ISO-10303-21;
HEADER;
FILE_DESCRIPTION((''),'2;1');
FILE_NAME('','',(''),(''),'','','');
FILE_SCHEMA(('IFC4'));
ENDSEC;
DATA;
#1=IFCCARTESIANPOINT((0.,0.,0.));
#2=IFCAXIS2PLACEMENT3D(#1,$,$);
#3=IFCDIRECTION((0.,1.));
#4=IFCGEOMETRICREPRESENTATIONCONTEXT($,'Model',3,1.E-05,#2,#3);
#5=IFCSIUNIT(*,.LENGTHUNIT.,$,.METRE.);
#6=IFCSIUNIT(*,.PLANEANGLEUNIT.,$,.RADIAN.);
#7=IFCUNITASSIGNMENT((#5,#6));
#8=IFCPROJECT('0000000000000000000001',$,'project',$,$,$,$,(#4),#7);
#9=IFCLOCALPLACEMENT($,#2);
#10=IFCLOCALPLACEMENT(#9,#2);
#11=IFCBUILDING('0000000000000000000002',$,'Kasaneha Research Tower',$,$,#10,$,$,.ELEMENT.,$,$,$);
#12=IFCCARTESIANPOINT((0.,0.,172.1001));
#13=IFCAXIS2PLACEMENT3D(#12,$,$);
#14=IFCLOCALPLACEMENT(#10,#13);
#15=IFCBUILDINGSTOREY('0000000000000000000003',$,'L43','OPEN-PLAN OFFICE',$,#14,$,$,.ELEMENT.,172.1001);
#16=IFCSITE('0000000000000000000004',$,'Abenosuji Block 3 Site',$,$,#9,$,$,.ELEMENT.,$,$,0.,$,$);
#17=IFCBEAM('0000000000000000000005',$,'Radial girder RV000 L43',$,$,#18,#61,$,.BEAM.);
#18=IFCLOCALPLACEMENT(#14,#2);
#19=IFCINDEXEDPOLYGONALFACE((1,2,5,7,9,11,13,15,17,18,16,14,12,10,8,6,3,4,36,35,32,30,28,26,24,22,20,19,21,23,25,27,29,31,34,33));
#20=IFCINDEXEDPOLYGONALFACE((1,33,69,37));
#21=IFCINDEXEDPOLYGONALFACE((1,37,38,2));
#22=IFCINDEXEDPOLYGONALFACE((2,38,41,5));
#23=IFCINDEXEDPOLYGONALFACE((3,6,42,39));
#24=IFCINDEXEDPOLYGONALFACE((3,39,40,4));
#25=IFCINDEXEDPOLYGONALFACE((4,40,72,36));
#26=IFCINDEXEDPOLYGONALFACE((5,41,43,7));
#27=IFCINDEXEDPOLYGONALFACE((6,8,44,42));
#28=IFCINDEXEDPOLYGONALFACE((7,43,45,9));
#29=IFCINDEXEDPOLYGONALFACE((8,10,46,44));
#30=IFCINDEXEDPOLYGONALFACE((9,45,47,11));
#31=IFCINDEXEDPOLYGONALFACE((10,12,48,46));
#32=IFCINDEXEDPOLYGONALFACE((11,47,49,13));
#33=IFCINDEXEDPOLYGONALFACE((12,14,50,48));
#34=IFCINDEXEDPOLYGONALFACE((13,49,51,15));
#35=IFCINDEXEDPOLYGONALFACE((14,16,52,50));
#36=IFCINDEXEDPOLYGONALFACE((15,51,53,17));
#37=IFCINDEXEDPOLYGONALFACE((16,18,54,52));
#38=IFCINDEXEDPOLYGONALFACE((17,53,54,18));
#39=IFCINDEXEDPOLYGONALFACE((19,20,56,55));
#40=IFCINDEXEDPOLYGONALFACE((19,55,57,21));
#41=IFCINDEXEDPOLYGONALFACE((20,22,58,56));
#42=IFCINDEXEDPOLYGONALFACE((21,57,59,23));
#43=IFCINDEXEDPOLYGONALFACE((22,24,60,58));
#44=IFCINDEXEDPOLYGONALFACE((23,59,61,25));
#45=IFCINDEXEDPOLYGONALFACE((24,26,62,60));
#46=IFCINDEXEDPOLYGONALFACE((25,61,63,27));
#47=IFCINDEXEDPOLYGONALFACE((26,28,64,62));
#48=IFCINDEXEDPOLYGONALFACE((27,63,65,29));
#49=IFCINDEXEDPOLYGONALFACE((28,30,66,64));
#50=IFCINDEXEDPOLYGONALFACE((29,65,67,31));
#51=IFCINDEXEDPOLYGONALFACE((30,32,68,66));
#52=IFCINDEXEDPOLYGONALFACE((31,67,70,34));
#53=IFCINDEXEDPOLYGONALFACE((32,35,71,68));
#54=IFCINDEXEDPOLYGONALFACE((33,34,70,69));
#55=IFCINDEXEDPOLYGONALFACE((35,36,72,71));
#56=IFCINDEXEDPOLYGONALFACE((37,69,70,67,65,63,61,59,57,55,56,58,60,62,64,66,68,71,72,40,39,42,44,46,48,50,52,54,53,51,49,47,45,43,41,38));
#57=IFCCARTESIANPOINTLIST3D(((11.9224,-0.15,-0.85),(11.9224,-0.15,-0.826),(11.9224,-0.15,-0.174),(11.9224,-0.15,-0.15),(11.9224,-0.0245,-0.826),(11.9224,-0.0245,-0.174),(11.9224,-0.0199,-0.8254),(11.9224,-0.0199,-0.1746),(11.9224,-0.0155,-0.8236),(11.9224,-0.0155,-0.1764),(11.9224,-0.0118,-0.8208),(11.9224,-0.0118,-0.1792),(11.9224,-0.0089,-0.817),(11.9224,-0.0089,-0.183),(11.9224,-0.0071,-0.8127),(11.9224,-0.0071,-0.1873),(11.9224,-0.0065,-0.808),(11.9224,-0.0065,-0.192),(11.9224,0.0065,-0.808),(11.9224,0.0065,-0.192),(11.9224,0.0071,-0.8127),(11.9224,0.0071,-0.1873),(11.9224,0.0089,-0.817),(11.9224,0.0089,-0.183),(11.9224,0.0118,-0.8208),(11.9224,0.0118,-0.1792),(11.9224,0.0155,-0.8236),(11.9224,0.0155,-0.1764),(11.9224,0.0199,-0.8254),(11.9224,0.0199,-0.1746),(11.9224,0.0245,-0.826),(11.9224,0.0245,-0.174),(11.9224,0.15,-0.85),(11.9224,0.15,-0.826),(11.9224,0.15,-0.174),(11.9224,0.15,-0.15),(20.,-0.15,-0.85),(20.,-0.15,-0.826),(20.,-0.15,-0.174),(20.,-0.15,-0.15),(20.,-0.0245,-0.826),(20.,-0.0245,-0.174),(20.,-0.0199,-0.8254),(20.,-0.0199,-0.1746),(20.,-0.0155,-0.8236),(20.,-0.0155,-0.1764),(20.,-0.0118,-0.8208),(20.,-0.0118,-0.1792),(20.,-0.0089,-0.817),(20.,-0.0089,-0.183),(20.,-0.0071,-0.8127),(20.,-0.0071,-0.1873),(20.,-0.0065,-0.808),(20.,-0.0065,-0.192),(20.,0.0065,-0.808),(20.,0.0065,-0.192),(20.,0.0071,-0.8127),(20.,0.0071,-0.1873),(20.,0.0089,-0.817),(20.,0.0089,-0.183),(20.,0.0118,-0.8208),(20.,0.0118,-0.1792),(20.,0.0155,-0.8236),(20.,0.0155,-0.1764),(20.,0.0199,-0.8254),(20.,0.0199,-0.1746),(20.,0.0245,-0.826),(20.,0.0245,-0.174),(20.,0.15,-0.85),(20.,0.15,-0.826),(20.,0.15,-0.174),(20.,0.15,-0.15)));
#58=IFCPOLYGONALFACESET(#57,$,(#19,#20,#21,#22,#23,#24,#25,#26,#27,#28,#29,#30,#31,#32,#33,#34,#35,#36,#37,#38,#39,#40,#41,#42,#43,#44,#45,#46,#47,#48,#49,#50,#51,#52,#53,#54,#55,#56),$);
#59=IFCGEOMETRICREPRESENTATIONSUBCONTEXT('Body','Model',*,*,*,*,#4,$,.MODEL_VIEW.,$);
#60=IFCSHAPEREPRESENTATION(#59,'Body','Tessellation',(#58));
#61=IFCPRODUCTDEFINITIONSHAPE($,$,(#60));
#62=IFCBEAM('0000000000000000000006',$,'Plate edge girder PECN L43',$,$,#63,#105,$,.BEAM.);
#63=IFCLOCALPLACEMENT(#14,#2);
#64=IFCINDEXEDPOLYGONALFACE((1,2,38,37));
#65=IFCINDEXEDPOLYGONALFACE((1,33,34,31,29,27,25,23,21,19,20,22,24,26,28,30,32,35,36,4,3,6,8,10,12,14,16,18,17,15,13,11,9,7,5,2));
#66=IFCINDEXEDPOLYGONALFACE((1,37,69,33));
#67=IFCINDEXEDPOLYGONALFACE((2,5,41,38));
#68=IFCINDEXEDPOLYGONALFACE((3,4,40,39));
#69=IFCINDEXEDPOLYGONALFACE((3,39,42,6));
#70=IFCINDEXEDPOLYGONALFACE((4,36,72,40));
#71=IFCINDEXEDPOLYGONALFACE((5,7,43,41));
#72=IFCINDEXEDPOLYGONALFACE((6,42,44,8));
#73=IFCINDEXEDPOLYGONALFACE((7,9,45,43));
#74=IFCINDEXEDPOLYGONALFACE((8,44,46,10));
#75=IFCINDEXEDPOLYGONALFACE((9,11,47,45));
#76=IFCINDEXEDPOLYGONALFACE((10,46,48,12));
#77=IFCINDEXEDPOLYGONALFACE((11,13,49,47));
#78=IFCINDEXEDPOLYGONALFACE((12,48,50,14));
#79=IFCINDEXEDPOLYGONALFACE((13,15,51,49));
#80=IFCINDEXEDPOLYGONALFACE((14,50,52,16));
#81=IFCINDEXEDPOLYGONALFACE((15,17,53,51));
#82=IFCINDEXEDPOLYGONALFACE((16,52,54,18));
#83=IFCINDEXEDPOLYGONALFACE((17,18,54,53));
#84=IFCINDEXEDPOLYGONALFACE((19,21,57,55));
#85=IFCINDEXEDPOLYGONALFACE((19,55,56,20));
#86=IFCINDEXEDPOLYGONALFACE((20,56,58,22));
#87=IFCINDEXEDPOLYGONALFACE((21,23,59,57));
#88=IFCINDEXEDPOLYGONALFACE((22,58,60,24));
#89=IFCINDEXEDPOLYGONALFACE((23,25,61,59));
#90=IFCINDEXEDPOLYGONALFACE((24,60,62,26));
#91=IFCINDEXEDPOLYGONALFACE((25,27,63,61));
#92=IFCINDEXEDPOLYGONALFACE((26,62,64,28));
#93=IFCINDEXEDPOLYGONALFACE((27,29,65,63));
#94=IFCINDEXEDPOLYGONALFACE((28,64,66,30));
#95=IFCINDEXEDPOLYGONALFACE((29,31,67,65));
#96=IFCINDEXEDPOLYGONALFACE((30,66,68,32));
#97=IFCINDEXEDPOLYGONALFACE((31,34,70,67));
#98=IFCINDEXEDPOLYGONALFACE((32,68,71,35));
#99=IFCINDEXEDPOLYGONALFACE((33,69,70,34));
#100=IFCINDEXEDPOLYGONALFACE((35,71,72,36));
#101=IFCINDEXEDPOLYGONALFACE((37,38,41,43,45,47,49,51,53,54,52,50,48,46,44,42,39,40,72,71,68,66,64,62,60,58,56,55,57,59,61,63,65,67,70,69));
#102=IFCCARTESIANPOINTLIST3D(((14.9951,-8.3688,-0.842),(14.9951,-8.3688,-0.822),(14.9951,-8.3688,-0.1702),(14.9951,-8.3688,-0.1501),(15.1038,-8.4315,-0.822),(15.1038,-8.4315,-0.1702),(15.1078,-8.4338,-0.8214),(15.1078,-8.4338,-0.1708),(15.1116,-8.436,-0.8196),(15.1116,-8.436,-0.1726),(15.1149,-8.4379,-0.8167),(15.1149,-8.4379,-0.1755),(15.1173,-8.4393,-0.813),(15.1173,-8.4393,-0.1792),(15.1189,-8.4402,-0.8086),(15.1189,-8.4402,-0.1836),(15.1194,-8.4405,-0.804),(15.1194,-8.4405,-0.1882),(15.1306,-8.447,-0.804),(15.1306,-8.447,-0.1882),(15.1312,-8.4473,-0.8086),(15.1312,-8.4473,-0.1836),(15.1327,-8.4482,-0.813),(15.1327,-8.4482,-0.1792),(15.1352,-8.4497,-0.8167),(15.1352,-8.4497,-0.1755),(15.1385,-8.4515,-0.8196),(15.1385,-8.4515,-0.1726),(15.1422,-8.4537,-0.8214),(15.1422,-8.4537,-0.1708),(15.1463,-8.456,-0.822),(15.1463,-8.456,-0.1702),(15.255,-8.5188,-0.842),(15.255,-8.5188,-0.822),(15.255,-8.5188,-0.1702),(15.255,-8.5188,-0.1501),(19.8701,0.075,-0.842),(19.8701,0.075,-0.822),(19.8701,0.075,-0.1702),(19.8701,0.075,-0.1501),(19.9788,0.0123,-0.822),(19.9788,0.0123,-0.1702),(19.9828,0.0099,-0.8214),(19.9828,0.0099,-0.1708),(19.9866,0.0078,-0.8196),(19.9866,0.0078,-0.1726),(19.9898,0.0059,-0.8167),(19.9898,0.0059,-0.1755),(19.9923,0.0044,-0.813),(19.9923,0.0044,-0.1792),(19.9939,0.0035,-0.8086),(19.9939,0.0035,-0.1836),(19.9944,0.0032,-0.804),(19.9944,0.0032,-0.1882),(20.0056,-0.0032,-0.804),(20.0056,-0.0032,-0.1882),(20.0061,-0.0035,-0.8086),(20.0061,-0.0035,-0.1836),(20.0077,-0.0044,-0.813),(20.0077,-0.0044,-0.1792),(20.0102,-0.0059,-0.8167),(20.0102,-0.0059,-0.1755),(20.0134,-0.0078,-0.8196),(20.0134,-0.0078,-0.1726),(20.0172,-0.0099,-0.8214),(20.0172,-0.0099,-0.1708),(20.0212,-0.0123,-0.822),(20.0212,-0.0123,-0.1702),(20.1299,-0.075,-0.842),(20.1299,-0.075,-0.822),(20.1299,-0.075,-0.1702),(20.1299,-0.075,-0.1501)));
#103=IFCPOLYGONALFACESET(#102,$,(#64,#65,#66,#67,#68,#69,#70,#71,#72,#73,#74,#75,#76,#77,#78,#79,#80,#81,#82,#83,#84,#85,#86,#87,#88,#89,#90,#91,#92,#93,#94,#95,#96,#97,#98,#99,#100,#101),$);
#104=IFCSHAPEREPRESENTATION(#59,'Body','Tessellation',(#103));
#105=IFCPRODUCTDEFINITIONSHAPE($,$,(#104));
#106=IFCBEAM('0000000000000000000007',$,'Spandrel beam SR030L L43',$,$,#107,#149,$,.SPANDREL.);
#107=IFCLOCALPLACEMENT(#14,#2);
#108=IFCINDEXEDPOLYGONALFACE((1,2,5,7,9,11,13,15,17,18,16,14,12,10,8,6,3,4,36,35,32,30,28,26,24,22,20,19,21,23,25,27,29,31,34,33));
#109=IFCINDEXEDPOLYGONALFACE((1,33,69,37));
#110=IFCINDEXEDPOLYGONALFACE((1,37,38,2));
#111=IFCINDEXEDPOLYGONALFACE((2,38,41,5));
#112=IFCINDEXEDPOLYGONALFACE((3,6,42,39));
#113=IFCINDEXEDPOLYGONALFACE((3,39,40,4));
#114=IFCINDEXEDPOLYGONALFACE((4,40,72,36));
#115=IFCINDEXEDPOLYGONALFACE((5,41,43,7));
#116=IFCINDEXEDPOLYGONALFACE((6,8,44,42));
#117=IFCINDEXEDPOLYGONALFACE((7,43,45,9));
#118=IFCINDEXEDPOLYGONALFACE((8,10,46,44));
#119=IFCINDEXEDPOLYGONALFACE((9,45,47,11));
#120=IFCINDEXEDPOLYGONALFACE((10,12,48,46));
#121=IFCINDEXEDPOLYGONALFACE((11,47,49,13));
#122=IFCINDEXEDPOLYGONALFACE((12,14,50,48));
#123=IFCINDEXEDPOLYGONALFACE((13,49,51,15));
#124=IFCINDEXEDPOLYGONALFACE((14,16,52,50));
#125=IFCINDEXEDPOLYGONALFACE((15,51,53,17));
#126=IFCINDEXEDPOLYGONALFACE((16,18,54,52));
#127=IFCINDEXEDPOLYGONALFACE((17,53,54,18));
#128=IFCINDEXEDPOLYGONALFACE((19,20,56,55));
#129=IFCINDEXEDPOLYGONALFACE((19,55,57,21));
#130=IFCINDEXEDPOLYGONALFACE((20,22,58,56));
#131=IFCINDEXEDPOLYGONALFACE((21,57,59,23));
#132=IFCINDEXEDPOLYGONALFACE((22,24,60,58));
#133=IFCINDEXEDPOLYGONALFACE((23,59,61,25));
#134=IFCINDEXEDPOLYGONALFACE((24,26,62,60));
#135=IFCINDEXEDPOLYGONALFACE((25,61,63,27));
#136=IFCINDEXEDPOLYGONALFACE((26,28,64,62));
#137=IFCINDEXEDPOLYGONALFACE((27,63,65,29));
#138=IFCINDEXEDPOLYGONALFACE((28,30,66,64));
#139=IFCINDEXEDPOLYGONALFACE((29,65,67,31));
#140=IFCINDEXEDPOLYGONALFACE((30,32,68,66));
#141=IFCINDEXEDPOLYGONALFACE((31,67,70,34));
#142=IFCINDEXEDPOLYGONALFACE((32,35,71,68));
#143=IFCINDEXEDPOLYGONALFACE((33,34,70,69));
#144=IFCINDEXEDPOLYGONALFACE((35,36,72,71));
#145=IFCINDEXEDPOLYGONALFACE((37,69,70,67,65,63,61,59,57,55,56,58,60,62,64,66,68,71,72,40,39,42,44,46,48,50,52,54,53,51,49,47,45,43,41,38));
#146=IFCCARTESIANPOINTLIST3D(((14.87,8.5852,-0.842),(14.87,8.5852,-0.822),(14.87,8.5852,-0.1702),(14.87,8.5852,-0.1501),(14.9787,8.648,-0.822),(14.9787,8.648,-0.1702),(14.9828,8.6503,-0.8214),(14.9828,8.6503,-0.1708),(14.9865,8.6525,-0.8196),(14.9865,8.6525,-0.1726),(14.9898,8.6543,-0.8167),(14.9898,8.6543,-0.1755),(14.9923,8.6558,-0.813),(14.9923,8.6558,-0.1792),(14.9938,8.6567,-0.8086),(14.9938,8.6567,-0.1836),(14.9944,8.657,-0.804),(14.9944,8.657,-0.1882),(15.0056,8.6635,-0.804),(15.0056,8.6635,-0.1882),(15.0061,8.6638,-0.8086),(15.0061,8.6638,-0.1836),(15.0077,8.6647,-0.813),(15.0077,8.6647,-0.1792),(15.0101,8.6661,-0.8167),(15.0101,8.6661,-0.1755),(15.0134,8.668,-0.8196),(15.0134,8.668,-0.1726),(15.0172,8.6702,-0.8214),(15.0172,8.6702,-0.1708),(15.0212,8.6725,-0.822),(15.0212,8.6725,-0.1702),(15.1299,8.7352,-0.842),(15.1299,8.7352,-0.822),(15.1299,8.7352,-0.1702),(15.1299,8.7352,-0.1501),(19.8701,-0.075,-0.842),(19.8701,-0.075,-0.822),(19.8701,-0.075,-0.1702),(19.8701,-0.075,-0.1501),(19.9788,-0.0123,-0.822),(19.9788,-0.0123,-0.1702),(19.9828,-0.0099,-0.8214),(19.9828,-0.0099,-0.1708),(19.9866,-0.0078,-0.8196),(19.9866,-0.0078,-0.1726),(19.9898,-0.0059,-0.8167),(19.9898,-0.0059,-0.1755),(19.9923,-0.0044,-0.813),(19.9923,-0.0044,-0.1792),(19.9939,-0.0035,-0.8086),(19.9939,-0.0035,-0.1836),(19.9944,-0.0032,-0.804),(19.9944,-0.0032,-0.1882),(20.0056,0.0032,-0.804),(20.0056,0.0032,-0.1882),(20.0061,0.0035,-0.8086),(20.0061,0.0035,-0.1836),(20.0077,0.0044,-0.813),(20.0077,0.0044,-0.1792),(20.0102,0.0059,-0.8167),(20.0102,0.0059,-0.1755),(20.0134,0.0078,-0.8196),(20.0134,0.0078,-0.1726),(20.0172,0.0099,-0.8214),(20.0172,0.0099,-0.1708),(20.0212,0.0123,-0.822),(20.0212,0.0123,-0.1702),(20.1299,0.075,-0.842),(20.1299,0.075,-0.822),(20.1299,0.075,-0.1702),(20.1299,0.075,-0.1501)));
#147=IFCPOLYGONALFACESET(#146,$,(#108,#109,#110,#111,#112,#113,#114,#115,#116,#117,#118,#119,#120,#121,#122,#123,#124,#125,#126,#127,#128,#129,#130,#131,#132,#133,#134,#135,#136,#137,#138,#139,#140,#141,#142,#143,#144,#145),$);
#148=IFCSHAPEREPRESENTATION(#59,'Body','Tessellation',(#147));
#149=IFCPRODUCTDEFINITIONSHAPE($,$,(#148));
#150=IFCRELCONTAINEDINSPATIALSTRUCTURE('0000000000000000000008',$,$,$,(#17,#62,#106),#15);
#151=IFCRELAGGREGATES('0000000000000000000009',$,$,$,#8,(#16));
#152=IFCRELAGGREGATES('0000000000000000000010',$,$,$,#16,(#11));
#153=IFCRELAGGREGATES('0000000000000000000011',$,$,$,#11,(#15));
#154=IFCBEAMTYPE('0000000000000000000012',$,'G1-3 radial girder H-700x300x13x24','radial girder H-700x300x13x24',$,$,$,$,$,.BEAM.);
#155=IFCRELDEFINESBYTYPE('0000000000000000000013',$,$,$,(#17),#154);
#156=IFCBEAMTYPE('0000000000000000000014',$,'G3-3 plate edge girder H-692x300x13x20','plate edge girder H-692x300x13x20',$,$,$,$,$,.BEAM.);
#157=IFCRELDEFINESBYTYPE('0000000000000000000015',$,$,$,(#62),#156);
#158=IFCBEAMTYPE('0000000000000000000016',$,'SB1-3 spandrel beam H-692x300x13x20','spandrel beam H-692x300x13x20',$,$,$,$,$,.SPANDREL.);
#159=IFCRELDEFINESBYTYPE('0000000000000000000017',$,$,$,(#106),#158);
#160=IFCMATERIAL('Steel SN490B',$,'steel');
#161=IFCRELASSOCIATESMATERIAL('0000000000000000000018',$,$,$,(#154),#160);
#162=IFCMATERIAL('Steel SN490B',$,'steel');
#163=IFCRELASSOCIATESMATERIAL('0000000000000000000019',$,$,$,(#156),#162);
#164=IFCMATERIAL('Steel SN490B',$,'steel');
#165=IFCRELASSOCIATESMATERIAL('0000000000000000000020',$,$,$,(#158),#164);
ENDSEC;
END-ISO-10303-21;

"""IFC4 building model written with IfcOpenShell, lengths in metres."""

from ifc_helpers import new_model, si_unit, direction, frame, origin, origin_2d, place, context, subcontext, project, spatial, i_section, extrude, material, material_profile, profile_set, type_object, element, save


model = new_model("IFC4")

# Units and contexts
model_context = context("Model", 3, precision=1e-05, world=origin(), true_north=direction((0.0, 1.0)))
body_context = subcontext(model_context, "Body", "Model", "MODEL_VIEW")
ifc_project = project(units=[si_unit("LENGTHUNIT", "METRE"), si_unit("PLANEANGLEUNIT", "RADIAN")], contexts=[model_context])

# Site, building, storey
site_placement = place(None, origin())
site = spatial("IfcSite", under=ifc_project, at=site_placement, Name="Abenosuji Block 3 Site", CompositionType="ELEMENT", RefElevation=0.0)
building_placement = place(site_placement, origin())
building = spatial("IfcBuilding", under=site, at=building_placement, Name="Kasaneha Research Tower", CompositionType="ELEMENT")
storey_placement = place(building_placement, frame((0.0, 0.0, 172.1001)))
storey = spatial("IfcBuildingStorey", under=building, at=storey_placement, Name="L43", Description="OPEN-PLAN OFFICE", CompositionType="ELEMENT", Elevation=172.1001)

# Beams
ifc_material_1 = material(Name="Steel SN490B", Category="steel")
ifc_material_profile_1 = material_profile(ifc_material_1, i_section(OverallWidth=0.3, OverallDepth=0.7, WebThickness=0.0129, FlangeThickness=0.0239, FilletRadius=0.0181, at=origin_2d()), Name="H-700x300x13x24")
ifc_profile_set_1 = profile_set([ifc_material_profile_1], Name="Steel SN490B")
beam_type_1 = type_object("IfcBeamType", Name="G1-3 radial girder H-700x300x13x24", Description="radial girder H-700x300x13x24", PredefinedType="BEAM", material=ifc_profile_set_1)
beam_1_placement = place(storey_placement, frame((11.9224, 0.0, -0.5), z_axis=(1.0, 0.0, 0.0), x_axis=(0.0, 1.0, 0.0)))
element("IfcBeam", 1, at=beam_1_placement, inside=storey, type_object=beam_type_1, Name="Radial girder RV000 L43", PredefinedType="BEAM", context=body_context, shape_type="SweptSolid", body=[
    extrude(i_section(OverallWidth=0.3, OverallDepth=0.7, WebThickness=0.0129, FlangeThickness=0.0239, FilletRadius=0.0181, at=origin_2d()), origin(), (0.0, 0.0, 1.0), 8.0776),
])
ifc_material_2 = material(Name="Steel SN490B", Category="steel")
ifc_material_profile_2 = material_profile(ifc_material_2, i_section(OverallWidth=0.3, OverallDepth=0.6919, WebThickness=0.0129, FlangeThickness=0.02, FilletRadius=0.0181, at=origin_2d()), Name="H-692x300x13x20")
ifc_profile_set_2 = profile_set([ifc_material_profile_2], Name="Steel SN490B")
beam_type_2 = type_object("IfcBeamType", Name="G3-3 plate edge girder H-692x300x13x20", Description="plate edge girder H-692x300x13x20", PredefinedType="BEAM", material=ifc_profile_set_2)
beam_2_placement = place(storey_placement, frame((20.0, 0.0, -0.4961), z_axis=(-0.499996, -0.866028, 0.0), x_axis=(0.866028, -0.499996, 0.0)))
element("IfcBeam", 2, at=beam_2_placement, inside=storey, type_object=beam_type_2, Name="Plate edge girder PECN L43", PredefinedType="BEAM", context=body_context, shape_type="SweptSolid", body=[
    extrude(i_section(OverallWidth=0.3, OverallDepth=0.6919, WebThickness=0.0129, FlangeThickness=0.02, FilletRadius=0.0181, at=origin_2d()), origin(), (0.0, 0.0, 1.0), 9.75),
])
ifc_material_3 = material(Name="Steel SN490B", Category="steel")
ifc_material_profile_3 = material_profile(ifc_material_3, i_section(OverallWidth=0.3, OverallDepth=0.6919, WebThickness=0.0129, FlangeThickness=0.02, FilletRadius=0.0181, at=origin_2d()), Name="H-692x300x13x20")
ifc_profile_set_3 = profile_set([ifc_material_profile_3], Name="Steel SN490B")
beam_type_3 = type_object("IfcBeamType", Name="SB1-3 spandrel beam H-692x300x13x20", Description="spandrel beam H-692x300x13x20", PredefinedType="SPANDREL", material=ifc_profile_set_3)
beam_3_placement = place(storey_placement, frame((20.0, 0.0, -0.4961), z_axis=(-0.500004, 0.866023, 0.0), x_axis=(-0.866023, -0.500004, 0.0)))
element("IfcBeam", 3, at=beam_3_placement, inside=storey, type_object=beam_type_3, Name="Spandrel beam SR030L L43", PredefinedType="SPANDREL", context=body_context, shape_type="SweptSolid", body=[
    extrude(i_section(OverallWidth=0.3, OverallDepth=0.6919, WebThickness=0.0129, FlangeThickness=0.02, FilletRadius=0.0181, at=origin_2d()), origin(), (0.0, 0.0, 1.0), 10.0),
])

save(model, "model.ifc")
